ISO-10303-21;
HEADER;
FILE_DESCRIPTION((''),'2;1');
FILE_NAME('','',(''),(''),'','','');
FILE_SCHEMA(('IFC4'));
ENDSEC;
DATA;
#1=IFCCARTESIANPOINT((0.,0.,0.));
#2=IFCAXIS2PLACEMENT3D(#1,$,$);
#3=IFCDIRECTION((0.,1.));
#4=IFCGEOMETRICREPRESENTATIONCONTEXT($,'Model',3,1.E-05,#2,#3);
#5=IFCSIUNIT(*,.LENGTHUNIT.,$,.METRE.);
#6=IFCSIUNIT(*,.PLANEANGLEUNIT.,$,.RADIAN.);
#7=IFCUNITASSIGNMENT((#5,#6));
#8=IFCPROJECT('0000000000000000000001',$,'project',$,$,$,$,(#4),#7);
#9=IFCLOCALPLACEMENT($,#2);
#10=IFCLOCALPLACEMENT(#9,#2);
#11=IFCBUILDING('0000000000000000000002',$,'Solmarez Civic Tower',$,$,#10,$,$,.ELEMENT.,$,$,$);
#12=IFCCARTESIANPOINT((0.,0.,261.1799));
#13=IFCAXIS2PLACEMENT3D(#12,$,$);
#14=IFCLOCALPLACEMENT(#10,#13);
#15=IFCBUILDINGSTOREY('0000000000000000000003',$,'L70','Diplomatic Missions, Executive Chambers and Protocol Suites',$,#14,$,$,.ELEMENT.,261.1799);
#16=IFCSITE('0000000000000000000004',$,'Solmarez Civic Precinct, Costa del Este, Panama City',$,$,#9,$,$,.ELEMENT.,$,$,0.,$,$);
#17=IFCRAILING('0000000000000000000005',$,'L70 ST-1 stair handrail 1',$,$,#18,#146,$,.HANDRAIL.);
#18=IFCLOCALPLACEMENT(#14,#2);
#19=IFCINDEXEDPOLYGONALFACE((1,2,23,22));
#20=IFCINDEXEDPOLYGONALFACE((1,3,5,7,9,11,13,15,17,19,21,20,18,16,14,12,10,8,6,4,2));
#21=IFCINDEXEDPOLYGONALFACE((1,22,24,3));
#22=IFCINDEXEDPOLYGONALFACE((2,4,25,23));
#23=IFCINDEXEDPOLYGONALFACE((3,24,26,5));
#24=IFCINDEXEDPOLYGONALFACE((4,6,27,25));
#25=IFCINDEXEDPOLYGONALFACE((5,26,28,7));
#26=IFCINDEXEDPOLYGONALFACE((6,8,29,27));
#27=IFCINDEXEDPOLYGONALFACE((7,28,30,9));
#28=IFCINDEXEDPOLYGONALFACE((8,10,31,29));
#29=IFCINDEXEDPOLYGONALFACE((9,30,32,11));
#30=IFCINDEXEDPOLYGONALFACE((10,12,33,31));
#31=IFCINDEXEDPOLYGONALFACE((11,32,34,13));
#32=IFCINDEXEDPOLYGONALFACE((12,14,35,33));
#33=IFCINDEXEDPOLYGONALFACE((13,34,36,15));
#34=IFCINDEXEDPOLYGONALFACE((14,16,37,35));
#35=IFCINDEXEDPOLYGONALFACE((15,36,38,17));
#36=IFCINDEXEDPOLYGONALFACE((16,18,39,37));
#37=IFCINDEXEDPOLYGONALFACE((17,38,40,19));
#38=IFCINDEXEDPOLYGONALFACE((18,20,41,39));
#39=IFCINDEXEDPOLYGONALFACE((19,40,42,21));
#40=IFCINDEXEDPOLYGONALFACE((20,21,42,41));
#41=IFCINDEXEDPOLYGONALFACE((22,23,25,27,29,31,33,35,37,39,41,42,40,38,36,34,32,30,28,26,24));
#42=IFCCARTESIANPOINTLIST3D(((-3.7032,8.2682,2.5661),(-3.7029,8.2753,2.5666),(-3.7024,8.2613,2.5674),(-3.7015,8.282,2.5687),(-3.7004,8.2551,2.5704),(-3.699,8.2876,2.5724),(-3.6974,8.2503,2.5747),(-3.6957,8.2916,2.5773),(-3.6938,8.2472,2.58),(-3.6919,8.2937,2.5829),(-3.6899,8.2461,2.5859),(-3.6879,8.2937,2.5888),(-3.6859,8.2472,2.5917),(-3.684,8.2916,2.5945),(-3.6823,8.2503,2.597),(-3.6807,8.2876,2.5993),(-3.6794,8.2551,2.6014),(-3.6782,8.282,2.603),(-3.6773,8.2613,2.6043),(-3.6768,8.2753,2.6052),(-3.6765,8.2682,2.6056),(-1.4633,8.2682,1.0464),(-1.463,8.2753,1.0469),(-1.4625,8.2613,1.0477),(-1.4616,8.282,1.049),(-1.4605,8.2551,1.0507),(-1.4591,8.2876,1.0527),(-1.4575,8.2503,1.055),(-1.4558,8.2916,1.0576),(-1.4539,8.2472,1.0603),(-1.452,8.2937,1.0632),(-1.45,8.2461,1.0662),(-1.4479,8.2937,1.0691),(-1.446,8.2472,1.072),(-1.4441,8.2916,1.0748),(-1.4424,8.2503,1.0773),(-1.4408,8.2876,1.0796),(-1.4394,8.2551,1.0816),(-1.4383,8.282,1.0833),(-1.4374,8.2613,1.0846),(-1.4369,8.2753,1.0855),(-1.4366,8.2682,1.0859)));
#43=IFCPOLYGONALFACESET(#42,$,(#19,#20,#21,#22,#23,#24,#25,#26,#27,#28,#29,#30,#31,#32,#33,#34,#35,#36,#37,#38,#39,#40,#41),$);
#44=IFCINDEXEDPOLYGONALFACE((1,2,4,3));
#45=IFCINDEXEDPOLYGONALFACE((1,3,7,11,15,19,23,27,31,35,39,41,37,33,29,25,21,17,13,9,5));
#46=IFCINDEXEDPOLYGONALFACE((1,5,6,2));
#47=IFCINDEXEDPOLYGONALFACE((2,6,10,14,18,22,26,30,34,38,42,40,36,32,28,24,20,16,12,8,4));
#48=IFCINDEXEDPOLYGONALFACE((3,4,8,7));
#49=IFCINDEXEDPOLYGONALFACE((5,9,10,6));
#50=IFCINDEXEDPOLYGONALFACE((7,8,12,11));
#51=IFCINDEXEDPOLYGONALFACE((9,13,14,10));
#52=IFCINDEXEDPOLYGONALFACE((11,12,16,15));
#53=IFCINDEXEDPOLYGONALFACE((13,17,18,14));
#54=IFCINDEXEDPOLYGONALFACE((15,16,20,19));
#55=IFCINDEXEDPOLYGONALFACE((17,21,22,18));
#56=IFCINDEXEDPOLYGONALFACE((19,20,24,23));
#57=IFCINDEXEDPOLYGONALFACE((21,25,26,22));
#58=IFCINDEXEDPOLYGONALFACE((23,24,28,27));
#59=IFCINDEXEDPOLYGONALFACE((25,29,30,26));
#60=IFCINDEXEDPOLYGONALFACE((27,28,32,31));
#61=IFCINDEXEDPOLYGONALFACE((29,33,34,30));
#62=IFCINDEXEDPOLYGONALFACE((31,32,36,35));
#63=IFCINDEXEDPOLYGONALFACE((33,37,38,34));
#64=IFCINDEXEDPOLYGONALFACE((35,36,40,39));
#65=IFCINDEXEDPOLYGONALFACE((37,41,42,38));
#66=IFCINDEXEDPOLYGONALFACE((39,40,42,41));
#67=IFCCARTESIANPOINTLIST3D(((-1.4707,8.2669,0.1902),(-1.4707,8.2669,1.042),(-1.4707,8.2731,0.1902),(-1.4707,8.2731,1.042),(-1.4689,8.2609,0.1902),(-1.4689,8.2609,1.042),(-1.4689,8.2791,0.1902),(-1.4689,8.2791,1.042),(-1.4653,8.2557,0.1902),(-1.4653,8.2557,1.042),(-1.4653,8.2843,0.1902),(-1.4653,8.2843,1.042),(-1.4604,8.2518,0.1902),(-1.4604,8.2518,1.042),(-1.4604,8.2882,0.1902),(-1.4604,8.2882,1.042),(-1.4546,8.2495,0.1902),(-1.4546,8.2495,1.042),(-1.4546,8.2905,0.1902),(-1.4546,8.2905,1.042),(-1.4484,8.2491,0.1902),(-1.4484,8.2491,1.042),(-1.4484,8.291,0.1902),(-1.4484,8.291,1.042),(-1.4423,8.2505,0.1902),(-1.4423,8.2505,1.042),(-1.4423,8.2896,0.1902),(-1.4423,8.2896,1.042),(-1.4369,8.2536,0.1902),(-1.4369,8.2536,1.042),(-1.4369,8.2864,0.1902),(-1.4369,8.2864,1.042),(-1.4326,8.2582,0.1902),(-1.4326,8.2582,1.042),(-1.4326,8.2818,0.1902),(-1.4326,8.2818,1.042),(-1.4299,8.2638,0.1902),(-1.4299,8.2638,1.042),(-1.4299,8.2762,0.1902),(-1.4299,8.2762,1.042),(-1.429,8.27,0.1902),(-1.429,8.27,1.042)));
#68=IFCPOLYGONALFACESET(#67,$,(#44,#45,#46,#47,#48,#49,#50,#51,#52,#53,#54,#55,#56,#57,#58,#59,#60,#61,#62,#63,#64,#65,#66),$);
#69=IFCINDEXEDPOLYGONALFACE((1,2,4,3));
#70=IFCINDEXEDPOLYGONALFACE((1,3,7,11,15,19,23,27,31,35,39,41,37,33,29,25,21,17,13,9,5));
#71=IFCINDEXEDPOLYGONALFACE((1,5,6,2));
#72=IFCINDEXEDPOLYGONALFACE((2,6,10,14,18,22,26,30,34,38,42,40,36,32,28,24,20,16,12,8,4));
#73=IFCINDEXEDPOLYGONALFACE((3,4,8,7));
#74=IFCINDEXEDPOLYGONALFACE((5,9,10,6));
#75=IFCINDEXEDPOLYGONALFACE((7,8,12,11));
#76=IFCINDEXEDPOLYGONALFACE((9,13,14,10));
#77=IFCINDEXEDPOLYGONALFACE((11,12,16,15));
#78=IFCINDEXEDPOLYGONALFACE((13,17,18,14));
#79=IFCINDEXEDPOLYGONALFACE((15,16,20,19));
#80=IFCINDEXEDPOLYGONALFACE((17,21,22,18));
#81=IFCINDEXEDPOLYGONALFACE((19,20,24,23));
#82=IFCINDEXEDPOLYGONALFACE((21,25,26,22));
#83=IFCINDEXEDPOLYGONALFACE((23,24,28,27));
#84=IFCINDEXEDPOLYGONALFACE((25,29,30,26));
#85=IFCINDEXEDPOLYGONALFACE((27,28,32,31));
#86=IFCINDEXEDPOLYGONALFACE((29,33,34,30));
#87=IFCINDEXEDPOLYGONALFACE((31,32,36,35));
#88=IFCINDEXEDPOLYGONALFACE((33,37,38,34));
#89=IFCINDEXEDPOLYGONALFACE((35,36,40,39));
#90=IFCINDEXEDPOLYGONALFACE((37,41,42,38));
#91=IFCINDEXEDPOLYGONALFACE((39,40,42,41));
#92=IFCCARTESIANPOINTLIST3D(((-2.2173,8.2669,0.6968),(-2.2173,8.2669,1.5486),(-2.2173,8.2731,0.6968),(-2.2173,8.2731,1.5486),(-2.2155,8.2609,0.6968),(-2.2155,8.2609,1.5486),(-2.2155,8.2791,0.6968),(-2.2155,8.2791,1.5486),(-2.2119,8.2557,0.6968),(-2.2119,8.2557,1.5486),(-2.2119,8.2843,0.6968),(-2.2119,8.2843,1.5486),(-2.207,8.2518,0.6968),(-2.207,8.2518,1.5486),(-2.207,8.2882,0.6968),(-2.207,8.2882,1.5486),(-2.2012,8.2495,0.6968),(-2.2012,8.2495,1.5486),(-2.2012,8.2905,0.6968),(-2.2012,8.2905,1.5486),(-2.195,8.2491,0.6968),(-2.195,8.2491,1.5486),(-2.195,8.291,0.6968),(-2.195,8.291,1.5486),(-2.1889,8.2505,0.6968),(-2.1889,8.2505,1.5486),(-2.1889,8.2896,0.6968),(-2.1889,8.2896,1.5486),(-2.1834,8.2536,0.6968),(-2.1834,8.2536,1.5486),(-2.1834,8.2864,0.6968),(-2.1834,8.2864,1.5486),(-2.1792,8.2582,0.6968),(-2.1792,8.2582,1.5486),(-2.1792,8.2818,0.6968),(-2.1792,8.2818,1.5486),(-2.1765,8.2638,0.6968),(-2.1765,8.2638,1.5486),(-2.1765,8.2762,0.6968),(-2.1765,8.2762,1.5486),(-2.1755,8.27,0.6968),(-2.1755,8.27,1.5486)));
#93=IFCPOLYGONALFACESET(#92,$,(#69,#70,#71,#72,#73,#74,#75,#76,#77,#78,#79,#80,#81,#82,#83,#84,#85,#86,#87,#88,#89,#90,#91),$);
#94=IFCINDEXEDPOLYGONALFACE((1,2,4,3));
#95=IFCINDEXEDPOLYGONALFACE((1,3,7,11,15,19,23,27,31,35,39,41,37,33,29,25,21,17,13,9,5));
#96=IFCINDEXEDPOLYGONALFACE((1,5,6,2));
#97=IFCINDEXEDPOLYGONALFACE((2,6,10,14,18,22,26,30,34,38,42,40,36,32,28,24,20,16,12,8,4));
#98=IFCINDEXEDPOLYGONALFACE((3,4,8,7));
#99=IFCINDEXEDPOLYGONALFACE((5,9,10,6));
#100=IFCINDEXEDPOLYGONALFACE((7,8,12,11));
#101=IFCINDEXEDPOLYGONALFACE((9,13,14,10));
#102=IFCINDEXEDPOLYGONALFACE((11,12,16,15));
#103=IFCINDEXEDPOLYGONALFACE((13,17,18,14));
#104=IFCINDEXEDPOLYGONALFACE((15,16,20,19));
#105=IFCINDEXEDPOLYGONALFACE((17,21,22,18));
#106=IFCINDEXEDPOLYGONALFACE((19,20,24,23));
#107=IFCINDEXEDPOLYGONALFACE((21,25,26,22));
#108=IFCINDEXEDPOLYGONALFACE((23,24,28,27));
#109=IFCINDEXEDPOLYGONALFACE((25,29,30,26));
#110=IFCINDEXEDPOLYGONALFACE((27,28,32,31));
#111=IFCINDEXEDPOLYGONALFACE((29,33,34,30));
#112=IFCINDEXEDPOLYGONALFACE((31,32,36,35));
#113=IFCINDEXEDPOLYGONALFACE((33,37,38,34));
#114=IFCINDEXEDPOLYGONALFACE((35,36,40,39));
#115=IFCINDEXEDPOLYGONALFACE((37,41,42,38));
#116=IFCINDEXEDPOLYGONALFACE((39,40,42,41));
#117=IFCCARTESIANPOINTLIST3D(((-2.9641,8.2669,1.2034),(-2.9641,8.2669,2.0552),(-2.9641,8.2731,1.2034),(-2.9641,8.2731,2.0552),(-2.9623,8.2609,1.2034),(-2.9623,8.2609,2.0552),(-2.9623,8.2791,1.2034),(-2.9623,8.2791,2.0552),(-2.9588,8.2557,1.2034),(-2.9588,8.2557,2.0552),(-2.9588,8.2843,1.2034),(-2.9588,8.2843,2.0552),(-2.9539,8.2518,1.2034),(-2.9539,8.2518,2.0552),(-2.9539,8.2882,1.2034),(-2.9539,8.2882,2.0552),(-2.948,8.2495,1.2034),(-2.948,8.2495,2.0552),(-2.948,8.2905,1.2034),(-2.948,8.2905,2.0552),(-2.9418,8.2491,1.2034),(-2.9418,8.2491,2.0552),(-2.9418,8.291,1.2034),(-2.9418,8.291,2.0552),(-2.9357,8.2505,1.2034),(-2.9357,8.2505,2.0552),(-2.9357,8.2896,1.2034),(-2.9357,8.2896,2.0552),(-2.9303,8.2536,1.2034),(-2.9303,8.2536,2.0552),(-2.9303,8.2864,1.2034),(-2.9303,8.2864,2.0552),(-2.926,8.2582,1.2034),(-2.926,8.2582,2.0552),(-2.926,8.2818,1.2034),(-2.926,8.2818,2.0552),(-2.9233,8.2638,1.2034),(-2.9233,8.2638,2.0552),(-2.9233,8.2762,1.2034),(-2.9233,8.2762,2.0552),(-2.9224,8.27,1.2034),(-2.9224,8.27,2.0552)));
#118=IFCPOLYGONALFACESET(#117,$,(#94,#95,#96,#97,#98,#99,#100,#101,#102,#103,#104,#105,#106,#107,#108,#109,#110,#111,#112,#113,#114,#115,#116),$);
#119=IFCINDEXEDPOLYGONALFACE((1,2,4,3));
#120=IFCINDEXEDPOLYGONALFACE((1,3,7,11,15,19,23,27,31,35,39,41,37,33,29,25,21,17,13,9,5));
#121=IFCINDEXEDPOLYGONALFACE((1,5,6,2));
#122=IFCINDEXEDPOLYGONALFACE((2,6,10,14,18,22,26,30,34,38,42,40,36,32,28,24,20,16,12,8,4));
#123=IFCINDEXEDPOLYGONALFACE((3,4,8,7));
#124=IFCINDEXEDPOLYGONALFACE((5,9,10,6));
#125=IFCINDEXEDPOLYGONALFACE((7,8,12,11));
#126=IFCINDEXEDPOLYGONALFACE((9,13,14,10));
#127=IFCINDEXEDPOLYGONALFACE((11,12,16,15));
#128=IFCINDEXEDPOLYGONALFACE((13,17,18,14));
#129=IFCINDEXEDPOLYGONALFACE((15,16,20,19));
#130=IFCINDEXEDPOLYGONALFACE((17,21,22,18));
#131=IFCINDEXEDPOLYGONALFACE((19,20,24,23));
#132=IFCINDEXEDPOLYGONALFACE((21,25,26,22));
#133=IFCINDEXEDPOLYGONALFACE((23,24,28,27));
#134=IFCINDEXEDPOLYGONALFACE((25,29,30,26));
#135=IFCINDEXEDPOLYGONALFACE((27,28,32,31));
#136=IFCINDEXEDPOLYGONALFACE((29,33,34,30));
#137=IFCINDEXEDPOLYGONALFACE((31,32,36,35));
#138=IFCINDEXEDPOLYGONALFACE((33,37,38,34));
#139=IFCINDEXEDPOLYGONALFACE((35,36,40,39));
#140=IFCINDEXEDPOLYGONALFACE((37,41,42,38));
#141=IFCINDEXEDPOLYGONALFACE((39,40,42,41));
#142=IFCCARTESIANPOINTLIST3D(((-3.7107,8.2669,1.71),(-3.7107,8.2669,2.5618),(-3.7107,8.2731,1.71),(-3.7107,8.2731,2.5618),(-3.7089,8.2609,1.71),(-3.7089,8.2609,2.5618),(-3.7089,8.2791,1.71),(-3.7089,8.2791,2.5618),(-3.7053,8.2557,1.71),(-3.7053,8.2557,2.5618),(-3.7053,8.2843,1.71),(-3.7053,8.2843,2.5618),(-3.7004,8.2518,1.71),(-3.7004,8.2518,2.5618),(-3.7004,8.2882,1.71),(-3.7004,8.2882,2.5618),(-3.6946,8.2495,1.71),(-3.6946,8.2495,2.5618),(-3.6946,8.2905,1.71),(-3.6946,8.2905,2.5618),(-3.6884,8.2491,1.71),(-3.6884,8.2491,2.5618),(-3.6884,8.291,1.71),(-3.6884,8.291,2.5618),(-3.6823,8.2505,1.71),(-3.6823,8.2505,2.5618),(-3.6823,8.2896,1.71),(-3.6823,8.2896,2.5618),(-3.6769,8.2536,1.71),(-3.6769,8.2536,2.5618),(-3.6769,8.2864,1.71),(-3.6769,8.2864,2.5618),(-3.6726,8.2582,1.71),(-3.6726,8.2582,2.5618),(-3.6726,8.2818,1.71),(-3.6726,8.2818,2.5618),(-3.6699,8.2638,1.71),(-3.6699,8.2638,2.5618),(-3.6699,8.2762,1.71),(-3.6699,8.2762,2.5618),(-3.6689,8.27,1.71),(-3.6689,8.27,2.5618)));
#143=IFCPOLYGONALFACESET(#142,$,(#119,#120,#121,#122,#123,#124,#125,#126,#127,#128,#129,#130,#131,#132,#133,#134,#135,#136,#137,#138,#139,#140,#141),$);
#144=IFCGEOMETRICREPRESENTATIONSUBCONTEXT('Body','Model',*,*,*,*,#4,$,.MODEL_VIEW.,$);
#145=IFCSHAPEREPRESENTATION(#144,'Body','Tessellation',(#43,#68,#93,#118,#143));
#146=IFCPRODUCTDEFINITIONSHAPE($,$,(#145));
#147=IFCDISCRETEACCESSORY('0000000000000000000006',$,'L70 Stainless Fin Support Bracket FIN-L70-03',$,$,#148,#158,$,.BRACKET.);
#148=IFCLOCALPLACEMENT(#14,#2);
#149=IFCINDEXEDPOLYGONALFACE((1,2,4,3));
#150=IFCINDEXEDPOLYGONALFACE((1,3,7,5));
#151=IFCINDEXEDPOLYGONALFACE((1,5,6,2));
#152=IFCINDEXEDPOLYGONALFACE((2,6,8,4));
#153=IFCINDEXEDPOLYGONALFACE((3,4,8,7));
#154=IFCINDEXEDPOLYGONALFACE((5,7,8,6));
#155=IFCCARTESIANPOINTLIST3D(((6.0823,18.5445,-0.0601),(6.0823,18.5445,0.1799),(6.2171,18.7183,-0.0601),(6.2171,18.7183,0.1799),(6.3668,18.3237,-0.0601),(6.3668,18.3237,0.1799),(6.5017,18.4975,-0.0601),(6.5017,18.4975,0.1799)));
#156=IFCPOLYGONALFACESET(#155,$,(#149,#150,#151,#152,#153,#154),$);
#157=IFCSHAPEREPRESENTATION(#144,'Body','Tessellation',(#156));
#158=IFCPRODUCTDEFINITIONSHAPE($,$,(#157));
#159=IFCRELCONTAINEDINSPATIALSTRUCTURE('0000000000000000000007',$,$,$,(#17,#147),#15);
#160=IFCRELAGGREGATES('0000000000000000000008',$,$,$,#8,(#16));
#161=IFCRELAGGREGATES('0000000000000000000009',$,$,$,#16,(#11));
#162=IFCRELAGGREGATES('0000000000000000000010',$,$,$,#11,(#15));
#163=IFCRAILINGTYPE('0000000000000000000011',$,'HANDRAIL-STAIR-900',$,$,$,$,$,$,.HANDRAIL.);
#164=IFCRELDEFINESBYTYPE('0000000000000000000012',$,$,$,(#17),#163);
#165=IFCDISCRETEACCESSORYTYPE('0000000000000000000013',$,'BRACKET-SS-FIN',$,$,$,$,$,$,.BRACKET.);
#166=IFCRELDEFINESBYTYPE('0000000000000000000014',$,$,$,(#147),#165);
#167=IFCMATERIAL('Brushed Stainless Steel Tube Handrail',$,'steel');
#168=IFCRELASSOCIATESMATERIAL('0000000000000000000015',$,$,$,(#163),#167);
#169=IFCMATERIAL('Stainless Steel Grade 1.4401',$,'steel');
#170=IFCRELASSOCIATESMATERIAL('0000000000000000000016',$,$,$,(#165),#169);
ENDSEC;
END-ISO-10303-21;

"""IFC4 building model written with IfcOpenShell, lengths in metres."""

from ifc_helpers import new_model, si_unit, direction, frame, origin, origin_2d, place, context, subcontext, project, spatial, rectangle, circle, extrude, material, type_object, element, save


model = new_model("IFC4")

# Units and contexts
model_context = context("Model", 3, precision=1e-05, world=origin(), true_north=direction((0.0, 1.0)))
body_context = subcontext(model_context, "Body", "Model", "MODEL_VIEW")
ifc_project = project(units=[si_unit("LENGTHUNIT", "METRE"), si_unit("PLANEANGLEUNIT", "RADIAN")], contexts=[model_context])

# Site, building, storey
site_placement = place(None, origin())
site = spatial("IfcSite", under=ifc_project, at=site_placement, Name="Solmarez Civic Precinct, Costa del Este, Panama City", CompositionType="ELEMENT", RefElevation=0.0)
building_placement = place(site_placement, origin())
building = spatial("IfcBuilding", under=site, at=building_placement, Name="Solmarez Civic Tower", CompositionType="ELEMENT")
storey_placement = place(building_placement, frame((0.0, 0.0, 261.1799)))
storey = spatial("IfcBuildingStorey", under=building, at=storey_placement, Name="L70", Description="Diplomatic Missions, Executive Chambers and Protocol Suites", CompositionType="ELEMENT", Elevation=261.1799)

# Railing
ifc_material_1 = material(Name="Brushed Stainless Steel Tube Handrail", Category="steel")
railing_type_1 = type_object("IfcRailingType", Name="HANDRAIL-STAIR-900", PredefinedType="HANDRAIL", material=ifc_material_1)
railing_1_placement = place(storey_placement, frame((-1.45, 8.27, 0.1902)))
element("IfcRailing", 1, at=railing_1_placement, inside=storey, type_object=railing_type_1, Name="L70 ST-1 stair handrail 1", PredefinedType="HANDRAIL", context=body_context, shape_type="SweptSolid", body=[
    extrude(circle(Radius=0.0239, at=origin_2d()), frame((0.0, 0.0, 0.876), z_axis=(-0.827513, 0.0, 0.561446), x_axis=(0.0, -1.0, 0.0)), (0.0, 0.0, 1.0), 2.7068),
    extrude(circle(Radius=0.021, at=origin_2d()), origin(), (0.0, 0.0, 1.0), 0.8518),
    extrude(circle(Radius=0.021, at=origin_2d()), frame((-0.7466, 0.0, 0.5066)), (0.0, 0.0, 1.0), 0.8518),
    extrude(circle(Radius=0.021, at=origin_2d()), frame((-1.4934, 0.0, 1.0132)), (0.0, 0.0, 1.0), 0.8518),
    extrude(circle(Radius=0.021, at=origin_2d()), frame((-2.24, 0.0, 1.5198)), (0.0, 0.0, 1.0), 0.8518),
])

# Discrete accessory
ifc_material_2 = material(Name="Stainless Steel Grade 1.4401", Category="steel")
discrete_accessory_type = type_object("IfcDiscreteAccessoryType", Name="BRACKET-SS-FIN", PredefinedType="BRACKET", material=ifc_material_2)
discrete_accessory_placement = place(storey_placement, frame((6.292, 18.521, -0.0601), z_axis=(0.0, 0.0, 1.0), x_axis=(-0.790132, 0.612936, 0.0)))
element("IfcDiscreteAccessory", 2, at=discrete_accessory_placement, inside=storey, type_object=discrete_accessory_type, Name="L70 Stainless Fin Support Bracket FIN-L70-03", PredefinedType="BRACKET", context=body_context, shape_type="SweptSolid", body=[
    extrude(rectangle(XDim=0.3601, YDim=0.22, at=origin_2d()), origin(), (0.0, 0.0, 1.0), 0.24),
])

save(model, "model.ifc")
